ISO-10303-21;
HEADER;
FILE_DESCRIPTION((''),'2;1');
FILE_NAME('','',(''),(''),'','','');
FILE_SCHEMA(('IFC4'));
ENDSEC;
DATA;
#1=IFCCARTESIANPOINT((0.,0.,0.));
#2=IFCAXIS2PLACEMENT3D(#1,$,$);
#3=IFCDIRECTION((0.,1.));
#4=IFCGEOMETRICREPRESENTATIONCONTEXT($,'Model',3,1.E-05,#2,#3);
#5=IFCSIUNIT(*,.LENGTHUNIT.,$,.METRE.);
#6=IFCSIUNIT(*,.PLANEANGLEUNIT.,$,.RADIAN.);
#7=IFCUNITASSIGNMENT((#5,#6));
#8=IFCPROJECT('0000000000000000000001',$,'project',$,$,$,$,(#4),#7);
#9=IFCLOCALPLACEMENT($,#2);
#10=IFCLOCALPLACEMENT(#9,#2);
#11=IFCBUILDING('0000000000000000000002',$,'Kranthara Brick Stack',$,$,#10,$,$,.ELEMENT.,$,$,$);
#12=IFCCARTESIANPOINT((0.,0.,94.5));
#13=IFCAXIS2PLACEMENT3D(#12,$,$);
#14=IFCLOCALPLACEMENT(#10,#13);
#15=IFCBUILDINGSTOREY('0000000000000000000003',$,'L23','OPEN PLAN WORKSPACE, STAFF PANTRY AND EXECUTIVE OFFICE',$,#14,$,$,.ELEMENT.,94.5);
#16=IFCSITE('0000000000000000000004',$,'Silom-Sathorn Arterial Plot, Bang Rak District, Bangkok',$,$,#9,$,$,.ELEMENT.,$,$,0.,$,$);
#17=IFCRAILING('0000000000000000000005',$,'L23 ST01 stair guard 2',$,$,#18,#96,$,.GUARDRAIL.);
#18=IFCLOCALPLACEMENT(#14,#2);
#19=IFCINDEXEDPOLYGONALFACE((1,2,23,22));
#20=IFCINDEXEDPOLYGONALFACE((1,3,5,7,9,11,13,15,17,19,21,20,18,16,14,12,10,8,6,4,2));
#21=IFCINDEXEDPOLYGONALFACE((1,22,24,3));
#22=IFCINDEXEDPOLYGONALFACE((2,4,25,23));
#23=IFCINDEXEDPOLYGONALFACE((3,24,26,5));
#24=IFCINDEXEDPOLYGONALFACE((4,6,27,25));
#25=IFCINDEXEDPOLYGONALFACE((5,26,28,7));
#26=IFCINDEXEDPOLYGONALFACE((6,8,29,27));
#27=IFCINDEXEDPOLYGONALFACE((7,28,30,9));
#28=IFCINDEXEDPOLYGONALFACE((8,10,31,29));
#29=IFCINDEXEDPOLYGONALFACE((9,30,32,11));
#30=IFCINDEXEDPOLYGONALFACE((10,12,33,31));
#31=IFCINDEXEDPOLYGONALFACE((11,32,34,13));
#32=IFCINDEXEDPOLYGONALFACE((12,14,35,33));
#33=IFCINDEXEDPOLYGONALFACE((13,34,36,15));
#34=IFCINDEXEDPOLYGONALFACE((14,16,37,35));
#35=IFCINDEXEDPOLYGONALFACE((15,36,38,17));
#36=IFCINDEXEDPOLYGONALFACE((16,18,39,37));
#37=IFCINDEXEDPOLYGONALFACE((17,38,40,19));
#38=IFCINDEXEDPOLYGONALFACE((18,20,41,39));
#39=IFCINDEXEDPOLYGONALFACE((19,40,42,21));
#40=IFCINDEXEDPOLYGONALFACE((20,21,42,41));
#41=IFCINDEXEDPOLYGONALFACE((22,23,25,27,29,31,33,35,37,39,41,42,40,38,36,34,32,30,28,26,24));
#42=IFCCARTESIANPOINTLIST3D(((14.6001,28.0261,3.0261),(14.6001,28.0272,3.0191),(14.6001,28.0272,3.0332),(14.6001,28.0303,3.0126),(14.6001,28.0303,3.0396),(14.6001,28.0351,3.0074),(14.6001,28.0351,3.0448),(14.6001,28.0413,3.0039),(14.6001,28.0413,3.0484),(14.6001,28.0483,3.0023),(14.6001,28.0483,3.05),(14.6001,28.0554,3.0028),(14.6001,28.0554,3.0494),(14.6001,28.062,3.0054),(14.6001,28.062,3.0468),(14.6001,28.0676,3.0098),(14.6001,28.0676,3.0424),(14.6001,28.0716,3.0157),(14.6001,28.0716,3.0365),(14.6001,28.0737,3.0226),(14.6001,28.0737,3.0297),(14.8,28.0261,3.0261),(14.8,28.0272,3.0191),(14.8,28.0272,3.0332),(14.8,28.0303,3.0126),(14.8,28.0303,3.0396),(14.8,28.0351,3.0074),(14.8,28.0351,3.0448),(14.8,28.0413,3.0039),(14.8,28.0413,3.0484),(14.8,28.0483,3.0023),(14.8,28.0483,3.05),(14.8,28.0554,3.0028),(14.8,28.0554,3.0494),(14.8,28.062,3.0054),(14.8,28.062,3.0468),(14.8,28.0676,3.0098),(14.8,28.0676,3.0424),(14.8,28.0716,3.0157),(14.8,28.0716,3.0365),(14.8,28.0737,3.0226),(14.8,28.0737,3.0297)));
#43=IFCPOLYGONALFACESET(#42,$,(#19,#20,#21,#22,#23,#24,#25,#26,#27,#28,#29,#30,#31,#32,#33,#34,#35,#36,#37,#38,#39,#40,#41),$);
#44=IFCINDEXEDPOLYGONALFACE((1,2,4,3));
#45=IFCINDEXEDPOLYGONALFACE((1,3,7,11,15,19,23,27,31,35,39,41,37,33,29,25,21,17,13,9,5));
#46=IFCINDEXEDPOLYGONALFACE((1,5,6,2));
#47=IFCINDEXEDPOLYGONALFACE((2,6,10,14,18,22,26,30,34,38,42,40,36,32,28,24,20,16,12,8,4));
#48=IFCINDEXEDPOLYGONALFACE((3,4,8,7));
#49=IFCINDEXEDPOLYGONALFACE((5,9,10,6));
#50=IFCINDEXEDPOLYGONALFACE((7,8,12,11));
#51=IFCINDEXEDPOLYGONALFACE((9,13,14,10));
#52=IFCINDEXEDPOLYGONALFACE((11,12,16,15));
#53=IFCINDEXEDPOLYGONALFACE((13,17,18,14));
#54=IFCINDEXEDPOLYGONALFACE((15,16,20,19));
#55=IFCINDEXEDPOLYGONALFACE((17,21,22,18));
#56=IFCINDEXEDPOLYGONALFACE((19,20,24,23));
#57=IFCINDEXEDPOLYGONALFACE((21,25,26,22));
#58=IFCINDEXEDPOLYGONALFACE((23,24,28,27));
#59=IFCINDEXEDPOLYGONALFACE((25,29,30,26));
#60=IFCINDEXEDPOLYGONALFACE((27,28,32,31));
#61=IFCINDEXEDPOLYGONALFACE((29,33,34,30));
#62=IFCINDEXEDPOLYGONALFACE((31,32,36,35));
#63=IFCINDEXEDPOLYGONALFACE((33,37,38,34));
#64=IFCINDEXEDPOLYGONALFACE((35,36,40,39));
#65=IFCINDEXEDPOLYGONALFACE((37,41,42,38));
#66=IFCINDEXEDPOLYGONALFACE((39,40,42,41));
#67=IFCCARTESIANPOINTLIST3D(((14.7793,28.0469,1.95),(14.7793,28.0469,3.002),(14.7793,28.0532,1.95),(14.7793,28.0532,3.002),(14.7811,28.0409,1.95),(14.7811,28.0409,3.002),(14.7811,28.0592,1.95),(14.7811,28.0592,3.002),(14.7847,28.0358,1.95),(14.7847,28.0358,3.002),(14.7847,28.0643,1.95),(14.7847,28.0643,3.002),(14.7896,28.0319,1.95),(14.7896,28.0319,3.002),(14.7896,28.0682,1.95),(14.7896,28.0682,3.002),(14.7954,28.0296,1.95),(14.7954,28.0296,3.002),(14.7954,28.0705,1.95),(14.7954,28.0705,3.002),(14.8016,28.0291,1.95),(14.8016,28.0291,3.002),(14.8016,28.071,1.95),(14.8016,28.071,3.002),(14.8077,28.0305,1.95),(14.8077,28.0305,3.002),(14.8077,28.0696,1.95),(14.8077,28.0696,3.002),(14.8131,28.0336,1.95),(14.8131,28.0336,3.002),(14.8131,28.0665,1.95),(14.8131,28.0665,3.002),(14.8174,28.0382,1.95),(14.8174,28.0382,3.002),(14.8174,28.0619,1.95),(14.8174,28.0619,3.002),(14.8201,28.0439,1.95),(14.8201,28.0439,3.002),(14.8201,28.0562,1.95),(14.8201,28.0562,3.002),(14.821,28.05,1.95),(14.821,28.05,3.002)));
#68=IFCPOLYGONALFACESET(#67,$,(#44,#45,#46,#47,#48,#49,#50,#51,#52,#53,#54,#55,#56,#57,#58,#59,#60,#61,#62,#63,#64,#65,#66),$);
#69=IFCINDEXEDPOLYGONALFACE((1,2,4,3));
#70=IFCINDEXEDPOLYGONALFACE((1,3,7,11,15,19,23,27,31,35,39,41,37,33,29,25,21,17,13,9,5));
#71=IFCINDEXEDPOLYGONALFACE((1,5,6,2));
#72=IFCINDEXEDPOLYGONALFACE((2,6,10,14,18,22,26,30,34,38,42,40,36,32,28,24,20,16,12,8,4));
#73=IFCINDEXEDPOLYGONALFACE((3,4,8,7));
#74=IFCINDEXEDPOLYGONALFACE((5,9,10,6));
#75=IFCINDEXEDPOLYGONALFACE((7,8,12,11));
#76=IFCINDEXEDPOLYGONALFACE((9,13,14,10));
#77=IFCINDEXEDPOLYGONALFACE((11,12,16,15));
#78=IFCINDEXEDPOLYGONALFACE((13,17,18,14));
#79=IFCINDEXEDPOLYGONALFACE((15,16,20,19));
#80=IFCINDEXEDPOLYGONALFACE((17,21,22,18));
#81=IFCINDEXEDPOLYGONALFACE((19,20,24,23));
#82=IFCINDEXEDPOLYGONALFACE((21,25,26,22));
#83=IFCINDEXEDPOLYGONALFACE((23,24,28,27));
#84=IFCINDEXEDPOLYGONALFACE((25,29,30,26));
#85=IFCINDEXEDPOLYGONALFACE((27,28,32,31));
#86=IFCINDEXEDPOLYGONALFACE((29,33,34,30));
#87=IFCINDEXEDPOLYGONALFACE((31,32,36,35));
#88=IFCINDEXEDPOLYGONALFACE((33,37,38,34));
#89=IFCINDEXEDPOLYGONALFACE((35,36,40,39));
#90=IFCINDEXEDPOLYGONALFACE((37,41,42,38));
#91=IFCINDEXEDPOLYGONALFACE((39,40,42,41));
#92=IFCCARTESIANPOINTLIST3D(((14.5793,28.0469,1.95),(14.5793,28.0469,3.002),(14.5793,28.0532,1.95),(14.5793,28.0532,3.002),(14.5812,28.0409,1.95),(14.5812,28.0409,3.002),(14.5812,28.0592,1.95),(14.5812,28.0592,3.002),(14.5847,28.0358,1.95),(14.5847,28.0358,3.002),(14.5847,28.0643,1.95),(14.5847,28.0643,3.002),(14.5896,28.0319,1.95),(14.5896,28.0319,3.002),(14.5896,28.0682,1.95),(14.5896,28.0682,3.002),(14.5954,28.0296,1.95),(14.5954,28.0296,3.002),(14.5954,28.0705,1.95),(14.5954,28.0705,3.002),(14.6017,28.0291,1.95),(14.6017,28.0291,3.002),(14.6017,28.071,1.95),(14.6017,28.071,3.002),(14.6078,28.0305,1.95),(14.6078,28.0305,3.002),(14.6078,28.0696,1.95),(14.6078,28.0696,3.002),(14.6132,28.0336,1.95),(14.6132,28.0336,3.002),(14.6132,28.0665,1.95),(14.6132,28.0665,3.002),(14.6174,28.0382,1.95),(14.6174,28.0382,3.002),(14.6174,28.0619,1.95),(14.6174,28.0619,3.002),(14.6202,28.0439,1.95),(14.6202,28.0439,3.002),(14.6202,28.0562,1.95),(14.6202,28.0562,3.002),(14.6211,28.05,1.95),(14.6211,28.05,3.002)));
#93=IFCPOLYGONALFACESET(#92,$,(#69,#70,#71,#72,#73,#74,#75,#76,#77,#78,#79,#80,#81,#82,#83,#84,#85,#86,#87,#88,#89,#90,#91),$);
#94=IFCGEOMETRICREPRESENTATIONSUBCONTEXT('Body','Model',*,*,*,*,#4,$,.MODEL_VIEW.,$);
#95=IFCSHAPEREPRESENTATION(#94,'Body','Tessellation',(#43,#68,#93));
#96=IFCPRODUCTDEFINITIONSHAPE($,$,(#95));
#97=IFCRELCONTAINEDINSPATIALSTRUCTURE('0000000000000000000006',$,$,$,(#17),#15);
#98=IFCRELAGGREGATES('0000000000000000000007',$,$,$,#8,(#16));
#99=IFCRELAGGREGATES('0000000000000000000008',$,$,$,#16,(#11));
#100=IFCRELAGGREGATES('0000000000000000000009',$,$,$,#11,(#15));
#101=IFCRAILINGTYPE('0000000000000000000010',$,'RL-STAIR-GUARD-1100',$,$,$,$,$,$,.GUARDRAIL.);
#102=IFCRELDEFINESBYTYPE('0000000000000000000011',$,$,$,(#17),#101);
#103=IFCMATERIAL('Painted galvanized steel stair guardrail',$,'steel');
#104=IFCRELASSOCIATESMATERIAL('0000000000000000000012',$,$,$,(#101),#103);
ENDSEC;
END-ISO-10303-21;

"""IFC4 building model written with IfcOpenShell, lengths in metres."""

from ifc_helpers import new_model, si_unit, direction, frame, origin, origin_2d, place, context, subcontext, project, spatial, circle, extrude, material, type_object, element, save


model = new_model("IFC4")

# Units and contexts
model_context = context("Model", 3, precision=1e-05, world=origin(), true_north=direction((0.0, 1.0)))
body_context = subcontext(model_context, "Body", "Model", "MODEL_VIEW")
ifc_project = project(units=[si_unit("LENGTHUNIT", "METRE"), si_unit("PLANEANGLEUNIT", "RADIAN")], contexts=[model_context])

# Site, building, storey
site_placement = place(None, origin())
site = spatial("IfcSite", under=ifc_project, at=site_placement, Name="Silom-Sathorn Arterial Plot, Bang Rak District, Bangkok", CompositionType="ELEMENT", RefElevation=0.0)
building_placement = place(site_placement, origin())
building = spatial("IfcBuilding", under=site, at=building_placement, Name="Kranthara Brick Stack", CompositionType="ELEMENT")
storey_placement = place(building_placement, frame((0.0, 0.0, 94.5)))
storey = spatial("IfcBuildingStorey", under=building, at=storey_placement, Name="L23", Description="OPEN PLAN WORKSPACE, STAFF PANTRY AND EXECUTIVE OFFICE", CompositionType="ELEMENT", Elevation=94.5)

# Railing
ifc_material_1 = material(Name="Painted galvanized steel stair guardrail", Category="steel")
railing_type_1 = type_object("IfcRailingType", Name="RL-STAIR-GUARD-1100", PredefinedType="GUARDRAIL", material=ifc_material_1)
railing_1_placement = place(storey_placement, frame((14.8, 28.05, 1.95)))
element("IfcRailing", 1, at=railing_1_placement, inside=storey, type_object=railing_type_1, Name="L23 ST01 stair guard 2", PredefinedType="GUARDRAIL", context=body_context, shape_type="SweptSolid", body=[
    extrude(circle(Radius=0.0239, at=origin_2d()), frame((0.0, 0.0, 1.0762), z_axis=(-1.0, 0.0, 0.0), x_axis=(0.0, -1.0, 0.0)), (0.0, 0.0, 1.0), 0.2),
    extrude(circle(Radius=0.021, at=origin_2d()), origin(), (0.0, 0.0, 1.0), 1.052),
    extrude(circle(Radius=0.021, at=origin_2d()), frame((-0.2, 0.0, 0.0)), (0.0, 0.0, 1.0), 1.052),
])

save(model, "model.ifc")
